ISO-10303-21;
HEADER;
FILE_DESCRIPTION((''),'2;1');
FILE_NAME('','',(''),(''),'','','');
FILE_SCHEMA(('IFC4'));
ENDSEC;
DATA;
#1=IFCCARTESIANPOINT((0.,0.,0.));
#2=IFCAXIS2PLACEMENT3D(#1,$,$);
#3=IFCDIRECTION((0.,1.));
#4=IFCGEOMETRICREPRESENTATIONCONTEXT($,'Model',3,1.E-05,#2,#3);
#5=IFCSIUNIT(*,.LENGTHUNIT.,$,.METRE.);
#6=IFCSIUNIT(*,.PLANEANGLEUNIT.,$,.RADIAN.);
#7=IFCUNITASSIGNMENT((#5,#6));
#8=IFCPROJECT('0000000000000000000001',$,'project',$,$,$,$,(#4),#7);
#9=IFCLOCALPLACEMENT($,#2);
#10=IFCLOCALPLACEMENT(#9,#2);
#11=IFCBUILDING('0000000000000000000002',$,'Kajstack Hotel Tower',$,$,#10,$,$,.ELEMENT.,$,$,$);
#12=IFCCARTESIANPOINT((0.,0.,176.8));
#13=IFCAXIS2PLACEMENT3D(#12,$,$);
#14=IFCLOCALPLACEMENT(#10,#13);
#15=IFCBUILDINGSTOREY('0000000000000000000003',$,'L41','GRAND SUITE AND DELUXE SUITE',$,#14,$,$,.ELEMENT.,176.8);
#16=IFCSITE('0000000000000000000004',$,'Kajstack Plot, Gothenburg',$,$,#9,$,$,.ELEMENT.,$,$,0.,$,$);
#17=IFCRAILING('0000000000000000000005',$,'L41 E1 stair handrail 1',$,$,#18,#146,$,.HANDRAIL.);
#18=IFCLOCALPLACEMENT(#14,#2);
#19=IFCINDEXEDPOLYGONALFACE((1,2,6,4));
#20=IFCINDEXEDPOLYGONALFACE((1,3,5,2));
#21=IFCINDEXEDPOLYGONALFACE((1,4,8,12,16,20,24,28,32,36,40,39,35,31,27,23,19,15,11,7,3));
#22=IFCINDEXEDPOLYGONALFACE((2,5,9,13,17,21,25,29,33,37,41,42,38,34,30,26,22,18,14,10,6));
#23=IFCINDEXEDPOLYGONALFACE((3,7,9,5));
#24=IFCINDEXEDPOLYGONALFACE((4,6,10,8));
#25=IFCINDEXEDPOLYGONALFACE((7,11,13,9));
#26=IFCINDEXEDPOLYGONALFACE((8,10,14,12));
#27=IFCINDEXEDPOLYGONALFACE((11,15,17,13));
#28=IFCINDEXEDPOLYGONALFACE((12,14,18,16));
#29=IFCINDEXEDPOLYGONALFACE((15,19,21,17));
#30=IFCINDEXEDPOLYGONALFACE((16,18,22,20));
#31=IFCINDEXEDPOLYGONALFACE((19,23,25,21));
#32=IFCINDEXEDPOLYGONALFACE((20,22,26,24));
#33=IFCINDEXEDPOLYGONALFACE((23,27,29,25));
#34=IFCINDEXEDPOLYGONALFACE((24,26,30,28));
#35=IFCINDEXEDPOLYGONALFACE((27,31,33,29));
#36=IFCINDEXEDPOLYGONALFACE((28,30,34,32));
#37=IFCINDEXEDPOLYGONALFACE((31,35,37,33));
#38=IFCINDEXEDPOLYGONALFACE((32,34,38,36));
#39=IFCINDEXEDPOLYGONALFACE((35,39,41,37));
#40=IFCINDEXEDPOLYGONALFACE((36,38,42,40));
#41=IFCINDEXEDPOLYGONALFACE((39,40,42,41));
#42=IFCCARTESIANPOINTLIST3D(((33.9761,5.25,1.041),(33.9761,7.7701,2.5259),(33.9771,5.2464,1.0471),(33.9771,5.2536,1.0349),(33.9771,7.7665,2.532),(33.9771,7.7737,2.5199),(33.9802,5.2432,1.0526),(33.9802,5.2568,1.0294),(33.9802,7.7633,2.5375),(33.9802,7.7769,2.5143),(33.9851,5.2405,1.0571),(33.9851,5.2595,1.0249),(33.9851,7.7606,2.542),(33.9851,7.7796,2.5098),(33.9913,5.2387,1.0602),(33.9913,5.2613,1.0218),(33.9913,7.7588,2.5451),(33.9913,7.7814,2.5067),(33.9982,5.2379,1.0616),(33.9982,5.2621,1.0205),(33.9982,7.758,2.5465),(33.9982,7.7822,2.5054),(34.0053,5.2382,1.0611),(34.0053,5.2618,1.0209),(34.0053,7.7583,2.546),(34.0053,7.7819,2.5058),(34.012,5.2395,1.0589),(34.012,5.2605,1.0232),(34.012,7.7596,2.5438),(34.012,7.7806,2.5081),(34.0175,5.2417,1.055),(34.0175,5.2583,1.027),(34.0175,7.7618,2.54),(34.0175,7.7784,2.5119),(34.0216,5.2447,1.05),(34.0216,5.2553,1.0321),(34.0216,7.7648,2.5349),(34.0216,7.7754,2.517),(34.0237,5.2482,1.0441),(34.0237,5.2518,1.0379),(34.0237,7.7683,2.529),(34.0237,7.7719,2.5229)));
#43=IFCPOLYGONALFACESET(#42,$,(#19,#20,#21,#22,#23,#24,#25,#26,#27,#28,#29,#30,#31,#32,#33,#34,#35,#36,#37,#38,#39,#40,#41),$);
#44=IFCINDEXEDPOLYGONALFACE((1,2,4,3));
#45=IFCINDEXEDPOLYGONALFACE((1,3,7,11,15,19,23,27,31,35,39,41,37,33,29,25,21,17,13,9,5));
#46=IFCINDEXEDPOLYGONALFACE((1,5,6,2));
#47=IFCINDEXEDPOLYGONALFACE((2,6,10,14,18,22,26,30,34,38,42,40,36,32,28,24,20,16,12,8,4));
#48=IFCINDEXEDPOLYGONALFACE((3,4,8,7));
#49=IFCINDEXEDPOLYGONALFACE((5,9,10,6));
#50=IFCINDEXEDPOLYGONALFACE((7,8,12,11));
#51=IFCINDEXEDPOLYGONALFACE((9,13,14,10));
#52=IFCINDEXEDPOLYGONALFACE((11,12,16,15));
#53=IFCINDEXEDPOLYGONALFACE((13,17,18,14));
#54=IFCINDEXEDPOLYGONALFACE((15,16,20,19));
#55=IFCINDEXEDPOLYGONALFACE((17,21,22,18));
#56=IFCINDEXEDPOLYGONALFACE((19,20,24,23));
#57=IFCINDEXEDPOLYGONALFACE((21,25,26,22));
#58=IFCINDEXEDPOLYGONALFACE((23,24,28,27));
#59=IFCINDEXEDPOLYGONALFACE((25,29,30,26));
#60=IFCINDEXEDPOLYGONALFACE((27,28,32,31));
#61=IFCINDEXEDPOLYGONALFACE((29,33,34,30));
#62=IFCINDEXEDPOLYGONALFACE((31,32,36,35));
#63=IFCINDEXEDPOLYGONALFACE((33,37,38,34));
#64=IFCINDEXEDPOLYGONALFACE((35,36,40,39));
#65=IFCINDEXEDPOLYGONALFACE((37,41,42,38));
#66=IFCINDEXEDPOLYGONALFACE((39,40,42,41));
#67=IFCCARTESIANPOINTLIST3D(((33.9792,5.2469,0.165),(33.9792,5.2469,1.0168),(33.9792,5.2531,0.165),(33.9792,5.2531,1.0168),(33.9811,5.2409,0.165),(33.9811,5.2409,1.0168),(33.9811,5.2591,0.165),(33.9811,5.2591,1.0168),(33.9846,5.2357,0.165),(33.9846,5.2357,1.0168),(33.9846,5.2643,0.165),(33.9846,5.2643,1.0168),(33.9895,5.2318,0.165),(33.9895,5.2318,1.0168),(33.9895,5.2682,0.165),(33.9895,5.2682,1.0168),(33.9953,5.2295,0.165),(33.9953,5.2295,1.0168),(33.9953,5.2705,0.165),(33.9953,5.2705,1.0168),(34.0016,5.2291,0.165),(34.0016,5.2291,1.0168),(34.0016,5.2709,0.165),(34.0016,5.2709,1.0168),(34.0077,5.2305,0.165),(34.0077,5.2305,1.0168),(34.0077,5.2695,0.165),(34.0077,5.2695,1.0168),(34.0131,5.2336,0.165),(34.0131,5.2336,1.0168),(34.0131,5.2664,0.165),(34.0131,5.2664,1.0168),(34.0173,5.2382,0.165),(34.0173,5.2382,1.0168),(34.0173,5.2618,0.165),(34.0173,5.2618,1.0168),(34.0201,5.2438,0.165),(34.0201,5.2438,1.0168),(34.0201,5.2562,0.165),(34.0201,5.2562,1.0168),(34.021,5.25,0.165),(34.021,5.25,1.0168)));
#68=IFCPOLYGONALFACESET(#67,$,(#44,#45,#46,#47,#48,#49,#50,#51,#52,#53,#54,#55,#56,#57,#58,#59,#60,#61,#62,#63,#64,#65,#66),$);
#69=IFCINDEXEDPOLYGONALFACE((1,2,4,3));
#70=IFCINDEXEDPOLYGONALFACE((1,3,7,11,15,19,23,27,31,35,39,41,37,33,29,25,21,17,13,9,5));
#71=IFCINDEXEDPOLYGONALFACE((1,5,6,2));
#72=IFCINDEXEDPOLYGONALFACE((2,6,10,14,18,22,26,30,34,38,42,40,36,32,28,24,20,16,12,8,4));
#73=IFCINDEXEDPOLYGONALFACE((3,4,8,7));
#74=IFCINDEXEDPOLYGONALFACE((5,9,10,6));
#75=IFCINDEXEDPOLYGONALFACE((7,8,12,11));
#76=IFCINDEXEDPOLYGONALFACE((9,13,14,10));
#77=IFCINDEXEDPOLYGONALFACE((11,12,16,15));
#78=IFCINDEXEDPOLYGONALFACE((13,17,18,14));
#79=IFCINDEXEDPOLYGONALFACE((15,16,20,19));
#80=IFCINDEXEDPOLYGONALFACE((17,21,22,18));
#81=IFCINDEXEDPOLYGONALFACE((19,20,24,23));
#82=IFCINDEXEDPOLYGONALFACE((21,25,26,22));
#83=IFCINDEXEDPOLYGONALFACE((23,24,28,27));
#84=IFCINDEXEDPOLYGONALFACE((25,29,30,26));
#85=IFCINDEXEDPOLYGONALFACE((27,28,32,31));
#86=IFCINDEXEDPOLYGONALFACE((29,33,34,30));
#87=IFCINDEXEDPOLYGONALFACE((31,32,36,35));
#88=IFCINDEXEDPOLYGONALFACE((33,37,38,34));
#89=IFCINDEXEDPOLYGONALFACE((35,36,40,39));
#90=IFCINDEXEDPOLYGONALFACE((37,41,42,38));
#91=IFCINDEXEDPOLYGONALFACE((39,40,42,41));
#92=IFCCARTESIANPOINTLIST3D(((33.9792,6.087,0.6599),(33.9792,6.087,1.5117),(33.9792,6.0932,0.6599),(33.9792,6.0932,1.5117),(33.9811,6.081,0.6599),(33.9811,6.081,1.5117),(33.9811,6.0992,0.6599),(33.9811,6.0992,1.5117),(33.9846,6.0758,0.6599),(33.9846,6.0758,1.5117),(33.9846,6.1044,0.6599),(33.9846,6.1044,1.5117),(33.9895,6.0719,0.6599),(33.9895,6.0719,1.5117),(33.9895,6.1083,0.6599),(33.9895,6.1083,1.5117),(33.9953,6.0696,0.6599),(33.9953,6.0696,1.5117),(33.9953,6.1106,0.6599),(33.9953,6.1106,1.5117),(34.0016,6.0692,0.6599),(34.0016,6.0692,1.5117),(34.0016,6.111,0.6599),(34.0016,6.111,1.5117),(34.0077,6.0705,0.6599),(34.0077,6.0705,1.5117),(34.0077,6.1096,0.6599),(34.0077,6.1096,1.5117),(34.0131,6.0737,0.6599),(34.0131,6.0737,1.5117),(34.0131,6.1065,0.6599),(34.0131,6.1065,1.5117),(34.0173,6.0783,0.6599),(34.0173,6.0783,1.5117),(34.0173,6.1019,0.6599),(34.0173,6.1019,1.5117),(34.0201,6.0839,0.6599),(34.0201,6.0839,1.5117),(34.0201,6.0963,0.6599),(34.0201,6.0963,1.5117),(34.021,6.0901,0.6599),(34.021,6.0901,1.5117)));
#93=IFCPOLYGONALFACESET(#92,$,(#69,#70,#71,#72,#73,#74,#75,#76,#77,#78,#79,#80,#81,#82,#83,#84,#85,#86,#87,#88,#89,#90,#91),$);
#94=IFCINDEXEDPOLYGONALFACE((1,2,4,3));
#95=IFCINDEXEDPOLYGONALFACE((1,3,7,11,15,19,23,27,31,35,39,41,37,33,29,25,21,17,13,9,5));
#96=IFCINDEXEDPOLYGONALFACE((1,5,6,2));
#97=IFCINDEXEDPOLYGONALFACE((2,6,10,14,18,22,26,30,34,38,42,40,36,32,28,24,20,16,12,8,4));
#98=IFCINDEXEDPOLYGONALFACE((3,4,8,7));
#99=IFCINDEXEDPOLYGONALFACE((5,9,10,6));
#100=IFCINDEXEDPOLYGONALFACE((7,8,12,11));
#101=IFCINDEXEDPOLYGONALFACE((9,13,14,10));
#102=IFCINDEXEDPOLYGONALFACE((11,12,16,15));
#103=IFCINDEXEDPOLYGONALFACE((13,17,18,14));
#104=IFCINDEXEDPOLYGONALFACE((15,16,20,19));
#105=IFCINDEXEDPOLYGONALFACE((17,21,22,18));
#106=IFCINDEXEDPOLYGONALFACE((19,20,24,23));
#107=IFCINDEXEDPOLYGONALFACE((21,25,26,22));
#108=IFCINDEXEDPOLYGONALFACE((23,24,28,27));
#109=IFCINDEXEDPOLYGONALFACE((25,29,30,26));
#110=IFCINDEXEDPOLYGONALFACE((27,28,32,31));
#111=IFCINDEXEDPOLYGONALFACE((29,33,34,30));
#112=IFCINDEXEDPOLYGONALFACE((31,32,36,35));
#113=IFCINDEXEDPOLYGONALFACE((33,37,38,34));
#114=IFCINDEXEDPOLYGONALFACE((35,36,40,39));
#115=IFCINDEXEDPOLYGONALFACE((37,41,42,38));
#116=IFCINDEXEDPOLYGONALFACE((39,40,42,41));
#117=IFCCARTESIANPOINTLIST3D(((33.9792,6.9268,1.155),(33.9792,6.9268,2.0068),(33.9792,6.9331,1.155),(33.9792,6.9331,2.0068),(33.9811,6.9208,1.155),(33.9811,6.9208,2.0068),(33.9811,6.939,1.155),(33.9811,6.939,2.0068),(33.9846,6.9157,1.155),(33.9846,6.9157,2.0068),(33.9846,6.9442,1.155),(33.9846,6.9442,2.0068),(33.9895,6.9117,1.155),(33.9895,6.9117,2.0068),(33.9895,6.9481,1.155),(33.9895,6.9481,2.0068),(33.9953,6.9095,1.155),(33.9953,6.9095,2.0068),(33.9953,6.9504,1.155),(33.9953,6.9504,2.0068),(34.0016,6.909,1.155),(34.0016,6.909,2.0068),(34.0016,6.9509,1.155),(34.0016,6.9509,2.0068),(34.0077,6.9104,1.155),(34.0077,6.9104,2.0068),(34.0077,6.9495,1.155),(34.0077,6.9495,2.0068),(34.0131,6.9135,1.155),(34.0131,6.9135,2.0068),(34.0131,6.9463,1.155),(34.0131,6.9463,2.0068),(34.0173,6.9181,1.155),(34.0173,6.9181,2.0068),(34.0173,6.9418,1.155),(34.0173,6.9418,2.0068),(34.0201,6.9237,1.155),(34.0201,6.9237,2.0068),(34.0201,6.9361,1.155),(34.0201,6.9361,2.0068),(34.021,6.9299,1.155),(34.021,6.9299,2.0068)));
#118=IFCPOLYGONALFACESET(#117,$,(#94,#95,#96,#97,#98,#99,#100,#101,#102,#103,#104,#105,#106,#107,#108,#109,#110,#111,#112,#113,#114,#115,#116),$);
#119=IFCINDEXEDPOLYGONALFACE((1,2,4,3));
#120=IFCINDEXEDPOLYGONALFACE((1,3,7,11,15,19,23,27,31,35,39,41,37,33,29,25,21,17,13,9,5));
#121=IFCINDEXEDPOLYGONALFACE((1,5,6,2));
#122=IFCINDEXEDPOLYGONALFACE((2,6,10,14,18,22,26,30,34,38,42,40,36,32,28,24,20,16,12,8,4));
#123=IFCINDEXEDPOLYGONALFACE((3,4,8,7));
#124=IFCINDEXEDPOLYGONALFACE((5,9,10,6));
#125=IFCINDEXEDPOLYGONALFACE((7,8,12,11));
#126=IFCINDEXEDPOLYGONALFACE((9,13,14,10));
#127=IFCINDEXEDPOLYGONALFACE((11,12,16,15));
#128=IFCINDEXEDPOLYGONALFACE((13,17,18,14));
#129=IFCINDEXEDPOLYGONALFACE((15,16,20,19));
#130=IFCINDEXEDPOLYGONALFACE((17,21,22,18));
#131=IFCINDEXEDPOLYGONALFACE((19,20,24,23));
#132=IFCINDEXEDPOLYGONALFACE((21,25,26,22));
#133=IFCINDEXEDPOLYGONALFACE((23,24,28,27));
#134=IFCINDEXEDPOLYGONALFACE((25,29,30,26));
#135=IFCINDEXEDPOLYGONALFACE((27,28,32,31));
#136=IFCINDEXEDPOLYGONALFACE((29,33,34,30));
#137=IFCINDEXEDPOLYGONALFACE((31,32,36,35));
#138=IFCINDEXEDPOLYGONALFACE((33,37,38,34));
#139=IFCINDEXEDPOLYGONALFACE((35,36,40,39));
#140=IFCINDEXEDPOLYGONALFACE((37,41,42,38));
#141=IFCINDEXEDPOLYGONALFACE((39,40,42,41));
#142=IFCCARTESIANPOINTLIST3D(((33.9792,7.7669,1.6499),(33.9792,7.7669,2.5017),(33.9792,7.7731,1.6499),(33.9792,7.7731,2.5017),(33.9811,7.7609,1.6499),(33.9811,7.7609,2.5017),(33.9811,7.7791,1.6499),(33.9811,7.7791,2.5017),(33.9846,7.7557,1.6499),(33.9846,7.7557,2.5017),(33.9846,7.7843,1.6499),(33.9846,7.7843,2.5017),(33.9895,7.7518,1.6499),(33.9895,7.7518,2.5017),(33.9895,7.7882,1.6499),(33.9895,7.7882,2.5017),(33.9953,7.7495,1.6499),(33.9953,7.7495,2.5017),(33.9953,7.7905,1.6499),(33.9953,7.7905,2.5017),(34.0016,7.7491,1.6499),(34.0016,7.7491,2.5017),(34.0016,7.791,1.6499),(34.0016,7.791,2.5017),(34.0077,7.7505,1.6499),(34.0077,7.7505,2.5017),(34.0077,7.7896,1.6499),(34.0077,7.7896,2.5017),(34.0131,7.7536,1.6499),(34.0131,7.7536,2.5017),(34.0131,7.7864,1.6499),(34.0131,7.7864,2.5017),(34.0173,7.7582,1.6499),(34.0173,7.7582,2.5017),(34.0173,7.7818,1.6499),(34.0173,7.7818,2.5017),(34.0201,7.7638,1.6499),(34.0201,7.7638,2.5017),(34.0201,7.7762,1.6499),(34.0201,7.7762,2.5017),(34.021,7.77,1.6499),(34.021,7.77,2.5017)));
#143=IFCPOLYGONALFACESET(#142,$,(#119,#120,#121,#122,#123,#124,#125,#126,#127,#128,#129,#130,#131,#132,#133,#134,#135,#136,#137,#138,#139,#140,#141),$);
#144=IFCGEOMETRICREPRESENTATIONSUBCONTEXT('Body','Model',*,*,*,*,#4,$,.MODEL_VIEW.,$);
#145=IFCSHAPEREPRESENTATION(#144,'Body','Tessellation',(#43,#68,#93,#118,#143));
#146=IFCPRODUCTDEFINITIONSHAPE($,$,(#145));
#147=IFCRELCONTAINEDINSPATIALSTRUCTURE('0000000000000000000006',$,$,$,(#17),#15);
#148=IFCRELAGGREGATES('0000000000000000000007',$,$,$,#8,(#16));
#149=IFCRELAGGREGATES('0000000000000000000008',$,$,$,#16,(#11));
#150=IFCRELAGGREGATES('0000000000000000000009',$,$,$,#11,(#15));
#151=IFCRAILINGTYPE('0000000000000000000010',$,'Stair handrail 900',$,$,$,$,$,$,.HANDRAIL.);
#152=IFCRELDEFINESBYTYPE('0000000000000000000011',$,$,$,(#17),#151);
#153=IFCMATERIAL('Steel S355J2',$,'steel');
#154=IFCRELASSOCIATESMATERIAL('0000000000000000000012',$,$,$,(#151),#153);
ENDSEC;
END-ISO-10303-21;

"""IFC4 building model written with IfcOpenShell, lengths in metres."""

from ifc_helpers import new_model, si_unit, direction, frame, origin, origin_2d, place, context, subcontext, project, spatial, circle, extrude, material, type_object, element, save


model = new_model("IFC4")

# Units and contexts
model_context = context("Model", 3, precision=1e-05, world=origin(), true_north=direction((0.0, 1.0)))
body_context = subcontext(model_context, "Body", "Model", "MODEL_VIEW")
ifc_project = project(units=[si_unit("LENGTHUNIT", "METRE"), si_unit("PLANEANGLEUNIT", "RADIAN")], contexts=[model_context])

# Site, building, storey
site_placement = place(None, origin())
site = spatial("IfcSite", under=ifc_project, at=site_placement, Name="Kajstack Plot, Gothenburg", CompositionType="ELEMENT", RefElevation=0.0)
building_placement = place(site_placement, origin())
building = spatial("IfcBuilding", under=site, at=building_placement, Name="Kajstack Hotel Tower", CompositionType="ELEMENT")
storey_placement = place(building_placement, frame((0.0, 0.0, 176.8)))
storey = spatial("IfcBuildingStorey", under=building, at=storey_placement, Name="L41", Description="GRAND SUITE AND DELUXE SUITE", CompositionType="ELEMENT", Elevation=176.8)

# Railing
ifc_material_1 = material(Name="Steel S355J2", Category="steel")
railing_type_1 = type_object("IfcRailingType", Name="Stair handrail 900", PredefinedType="HANDRAIL", material=ifc_material_1)
railing_1_placement = place(storey_placement, frame((34.0, 5.25, 0.165)))
element("IfcRailing", 1, at=railing_1_placement, inside=storey, type_object=railing_type_1, Name="L41 E1 stair handrail 1", PredefinedType="HANDRAIL", context=body_context, shape_type="SweptSolid", body=[
    extrude(circle(Radius=0.0239, at=origin_2d()), frame((0.0, 0.0, 0.876), z_axis=(0.0, 0.861561, 0.507655), x_axis=(-1.0, 0.0, 0.0)), (0.0, 0.0, 1.0), 2.925),
    extrude(circle(Radius=0.021, at=origin_2d()), origin(), (0.0, 0.0, 1.0), 0.8518),
    extrude(circle(Radius=0.021, at=origin_2d()), frame((0.0, 0.8401, 0.4949)), (0.0, 0.0, 1.0), 0.8518),
    extrude(circle(Radius=0.021, at=origin_2d()), frame((0.0, 1.6799, 0.99)), (0.0, 0.0, 1.0), 0.8518),
    extrude(circle(Radius=0.021, at=origin_2d()), frame((0.0, 2.52, 1.4849)), (0.0, 0.0, 1.0), 0.8518),
])

save(model, "model.ifc")
